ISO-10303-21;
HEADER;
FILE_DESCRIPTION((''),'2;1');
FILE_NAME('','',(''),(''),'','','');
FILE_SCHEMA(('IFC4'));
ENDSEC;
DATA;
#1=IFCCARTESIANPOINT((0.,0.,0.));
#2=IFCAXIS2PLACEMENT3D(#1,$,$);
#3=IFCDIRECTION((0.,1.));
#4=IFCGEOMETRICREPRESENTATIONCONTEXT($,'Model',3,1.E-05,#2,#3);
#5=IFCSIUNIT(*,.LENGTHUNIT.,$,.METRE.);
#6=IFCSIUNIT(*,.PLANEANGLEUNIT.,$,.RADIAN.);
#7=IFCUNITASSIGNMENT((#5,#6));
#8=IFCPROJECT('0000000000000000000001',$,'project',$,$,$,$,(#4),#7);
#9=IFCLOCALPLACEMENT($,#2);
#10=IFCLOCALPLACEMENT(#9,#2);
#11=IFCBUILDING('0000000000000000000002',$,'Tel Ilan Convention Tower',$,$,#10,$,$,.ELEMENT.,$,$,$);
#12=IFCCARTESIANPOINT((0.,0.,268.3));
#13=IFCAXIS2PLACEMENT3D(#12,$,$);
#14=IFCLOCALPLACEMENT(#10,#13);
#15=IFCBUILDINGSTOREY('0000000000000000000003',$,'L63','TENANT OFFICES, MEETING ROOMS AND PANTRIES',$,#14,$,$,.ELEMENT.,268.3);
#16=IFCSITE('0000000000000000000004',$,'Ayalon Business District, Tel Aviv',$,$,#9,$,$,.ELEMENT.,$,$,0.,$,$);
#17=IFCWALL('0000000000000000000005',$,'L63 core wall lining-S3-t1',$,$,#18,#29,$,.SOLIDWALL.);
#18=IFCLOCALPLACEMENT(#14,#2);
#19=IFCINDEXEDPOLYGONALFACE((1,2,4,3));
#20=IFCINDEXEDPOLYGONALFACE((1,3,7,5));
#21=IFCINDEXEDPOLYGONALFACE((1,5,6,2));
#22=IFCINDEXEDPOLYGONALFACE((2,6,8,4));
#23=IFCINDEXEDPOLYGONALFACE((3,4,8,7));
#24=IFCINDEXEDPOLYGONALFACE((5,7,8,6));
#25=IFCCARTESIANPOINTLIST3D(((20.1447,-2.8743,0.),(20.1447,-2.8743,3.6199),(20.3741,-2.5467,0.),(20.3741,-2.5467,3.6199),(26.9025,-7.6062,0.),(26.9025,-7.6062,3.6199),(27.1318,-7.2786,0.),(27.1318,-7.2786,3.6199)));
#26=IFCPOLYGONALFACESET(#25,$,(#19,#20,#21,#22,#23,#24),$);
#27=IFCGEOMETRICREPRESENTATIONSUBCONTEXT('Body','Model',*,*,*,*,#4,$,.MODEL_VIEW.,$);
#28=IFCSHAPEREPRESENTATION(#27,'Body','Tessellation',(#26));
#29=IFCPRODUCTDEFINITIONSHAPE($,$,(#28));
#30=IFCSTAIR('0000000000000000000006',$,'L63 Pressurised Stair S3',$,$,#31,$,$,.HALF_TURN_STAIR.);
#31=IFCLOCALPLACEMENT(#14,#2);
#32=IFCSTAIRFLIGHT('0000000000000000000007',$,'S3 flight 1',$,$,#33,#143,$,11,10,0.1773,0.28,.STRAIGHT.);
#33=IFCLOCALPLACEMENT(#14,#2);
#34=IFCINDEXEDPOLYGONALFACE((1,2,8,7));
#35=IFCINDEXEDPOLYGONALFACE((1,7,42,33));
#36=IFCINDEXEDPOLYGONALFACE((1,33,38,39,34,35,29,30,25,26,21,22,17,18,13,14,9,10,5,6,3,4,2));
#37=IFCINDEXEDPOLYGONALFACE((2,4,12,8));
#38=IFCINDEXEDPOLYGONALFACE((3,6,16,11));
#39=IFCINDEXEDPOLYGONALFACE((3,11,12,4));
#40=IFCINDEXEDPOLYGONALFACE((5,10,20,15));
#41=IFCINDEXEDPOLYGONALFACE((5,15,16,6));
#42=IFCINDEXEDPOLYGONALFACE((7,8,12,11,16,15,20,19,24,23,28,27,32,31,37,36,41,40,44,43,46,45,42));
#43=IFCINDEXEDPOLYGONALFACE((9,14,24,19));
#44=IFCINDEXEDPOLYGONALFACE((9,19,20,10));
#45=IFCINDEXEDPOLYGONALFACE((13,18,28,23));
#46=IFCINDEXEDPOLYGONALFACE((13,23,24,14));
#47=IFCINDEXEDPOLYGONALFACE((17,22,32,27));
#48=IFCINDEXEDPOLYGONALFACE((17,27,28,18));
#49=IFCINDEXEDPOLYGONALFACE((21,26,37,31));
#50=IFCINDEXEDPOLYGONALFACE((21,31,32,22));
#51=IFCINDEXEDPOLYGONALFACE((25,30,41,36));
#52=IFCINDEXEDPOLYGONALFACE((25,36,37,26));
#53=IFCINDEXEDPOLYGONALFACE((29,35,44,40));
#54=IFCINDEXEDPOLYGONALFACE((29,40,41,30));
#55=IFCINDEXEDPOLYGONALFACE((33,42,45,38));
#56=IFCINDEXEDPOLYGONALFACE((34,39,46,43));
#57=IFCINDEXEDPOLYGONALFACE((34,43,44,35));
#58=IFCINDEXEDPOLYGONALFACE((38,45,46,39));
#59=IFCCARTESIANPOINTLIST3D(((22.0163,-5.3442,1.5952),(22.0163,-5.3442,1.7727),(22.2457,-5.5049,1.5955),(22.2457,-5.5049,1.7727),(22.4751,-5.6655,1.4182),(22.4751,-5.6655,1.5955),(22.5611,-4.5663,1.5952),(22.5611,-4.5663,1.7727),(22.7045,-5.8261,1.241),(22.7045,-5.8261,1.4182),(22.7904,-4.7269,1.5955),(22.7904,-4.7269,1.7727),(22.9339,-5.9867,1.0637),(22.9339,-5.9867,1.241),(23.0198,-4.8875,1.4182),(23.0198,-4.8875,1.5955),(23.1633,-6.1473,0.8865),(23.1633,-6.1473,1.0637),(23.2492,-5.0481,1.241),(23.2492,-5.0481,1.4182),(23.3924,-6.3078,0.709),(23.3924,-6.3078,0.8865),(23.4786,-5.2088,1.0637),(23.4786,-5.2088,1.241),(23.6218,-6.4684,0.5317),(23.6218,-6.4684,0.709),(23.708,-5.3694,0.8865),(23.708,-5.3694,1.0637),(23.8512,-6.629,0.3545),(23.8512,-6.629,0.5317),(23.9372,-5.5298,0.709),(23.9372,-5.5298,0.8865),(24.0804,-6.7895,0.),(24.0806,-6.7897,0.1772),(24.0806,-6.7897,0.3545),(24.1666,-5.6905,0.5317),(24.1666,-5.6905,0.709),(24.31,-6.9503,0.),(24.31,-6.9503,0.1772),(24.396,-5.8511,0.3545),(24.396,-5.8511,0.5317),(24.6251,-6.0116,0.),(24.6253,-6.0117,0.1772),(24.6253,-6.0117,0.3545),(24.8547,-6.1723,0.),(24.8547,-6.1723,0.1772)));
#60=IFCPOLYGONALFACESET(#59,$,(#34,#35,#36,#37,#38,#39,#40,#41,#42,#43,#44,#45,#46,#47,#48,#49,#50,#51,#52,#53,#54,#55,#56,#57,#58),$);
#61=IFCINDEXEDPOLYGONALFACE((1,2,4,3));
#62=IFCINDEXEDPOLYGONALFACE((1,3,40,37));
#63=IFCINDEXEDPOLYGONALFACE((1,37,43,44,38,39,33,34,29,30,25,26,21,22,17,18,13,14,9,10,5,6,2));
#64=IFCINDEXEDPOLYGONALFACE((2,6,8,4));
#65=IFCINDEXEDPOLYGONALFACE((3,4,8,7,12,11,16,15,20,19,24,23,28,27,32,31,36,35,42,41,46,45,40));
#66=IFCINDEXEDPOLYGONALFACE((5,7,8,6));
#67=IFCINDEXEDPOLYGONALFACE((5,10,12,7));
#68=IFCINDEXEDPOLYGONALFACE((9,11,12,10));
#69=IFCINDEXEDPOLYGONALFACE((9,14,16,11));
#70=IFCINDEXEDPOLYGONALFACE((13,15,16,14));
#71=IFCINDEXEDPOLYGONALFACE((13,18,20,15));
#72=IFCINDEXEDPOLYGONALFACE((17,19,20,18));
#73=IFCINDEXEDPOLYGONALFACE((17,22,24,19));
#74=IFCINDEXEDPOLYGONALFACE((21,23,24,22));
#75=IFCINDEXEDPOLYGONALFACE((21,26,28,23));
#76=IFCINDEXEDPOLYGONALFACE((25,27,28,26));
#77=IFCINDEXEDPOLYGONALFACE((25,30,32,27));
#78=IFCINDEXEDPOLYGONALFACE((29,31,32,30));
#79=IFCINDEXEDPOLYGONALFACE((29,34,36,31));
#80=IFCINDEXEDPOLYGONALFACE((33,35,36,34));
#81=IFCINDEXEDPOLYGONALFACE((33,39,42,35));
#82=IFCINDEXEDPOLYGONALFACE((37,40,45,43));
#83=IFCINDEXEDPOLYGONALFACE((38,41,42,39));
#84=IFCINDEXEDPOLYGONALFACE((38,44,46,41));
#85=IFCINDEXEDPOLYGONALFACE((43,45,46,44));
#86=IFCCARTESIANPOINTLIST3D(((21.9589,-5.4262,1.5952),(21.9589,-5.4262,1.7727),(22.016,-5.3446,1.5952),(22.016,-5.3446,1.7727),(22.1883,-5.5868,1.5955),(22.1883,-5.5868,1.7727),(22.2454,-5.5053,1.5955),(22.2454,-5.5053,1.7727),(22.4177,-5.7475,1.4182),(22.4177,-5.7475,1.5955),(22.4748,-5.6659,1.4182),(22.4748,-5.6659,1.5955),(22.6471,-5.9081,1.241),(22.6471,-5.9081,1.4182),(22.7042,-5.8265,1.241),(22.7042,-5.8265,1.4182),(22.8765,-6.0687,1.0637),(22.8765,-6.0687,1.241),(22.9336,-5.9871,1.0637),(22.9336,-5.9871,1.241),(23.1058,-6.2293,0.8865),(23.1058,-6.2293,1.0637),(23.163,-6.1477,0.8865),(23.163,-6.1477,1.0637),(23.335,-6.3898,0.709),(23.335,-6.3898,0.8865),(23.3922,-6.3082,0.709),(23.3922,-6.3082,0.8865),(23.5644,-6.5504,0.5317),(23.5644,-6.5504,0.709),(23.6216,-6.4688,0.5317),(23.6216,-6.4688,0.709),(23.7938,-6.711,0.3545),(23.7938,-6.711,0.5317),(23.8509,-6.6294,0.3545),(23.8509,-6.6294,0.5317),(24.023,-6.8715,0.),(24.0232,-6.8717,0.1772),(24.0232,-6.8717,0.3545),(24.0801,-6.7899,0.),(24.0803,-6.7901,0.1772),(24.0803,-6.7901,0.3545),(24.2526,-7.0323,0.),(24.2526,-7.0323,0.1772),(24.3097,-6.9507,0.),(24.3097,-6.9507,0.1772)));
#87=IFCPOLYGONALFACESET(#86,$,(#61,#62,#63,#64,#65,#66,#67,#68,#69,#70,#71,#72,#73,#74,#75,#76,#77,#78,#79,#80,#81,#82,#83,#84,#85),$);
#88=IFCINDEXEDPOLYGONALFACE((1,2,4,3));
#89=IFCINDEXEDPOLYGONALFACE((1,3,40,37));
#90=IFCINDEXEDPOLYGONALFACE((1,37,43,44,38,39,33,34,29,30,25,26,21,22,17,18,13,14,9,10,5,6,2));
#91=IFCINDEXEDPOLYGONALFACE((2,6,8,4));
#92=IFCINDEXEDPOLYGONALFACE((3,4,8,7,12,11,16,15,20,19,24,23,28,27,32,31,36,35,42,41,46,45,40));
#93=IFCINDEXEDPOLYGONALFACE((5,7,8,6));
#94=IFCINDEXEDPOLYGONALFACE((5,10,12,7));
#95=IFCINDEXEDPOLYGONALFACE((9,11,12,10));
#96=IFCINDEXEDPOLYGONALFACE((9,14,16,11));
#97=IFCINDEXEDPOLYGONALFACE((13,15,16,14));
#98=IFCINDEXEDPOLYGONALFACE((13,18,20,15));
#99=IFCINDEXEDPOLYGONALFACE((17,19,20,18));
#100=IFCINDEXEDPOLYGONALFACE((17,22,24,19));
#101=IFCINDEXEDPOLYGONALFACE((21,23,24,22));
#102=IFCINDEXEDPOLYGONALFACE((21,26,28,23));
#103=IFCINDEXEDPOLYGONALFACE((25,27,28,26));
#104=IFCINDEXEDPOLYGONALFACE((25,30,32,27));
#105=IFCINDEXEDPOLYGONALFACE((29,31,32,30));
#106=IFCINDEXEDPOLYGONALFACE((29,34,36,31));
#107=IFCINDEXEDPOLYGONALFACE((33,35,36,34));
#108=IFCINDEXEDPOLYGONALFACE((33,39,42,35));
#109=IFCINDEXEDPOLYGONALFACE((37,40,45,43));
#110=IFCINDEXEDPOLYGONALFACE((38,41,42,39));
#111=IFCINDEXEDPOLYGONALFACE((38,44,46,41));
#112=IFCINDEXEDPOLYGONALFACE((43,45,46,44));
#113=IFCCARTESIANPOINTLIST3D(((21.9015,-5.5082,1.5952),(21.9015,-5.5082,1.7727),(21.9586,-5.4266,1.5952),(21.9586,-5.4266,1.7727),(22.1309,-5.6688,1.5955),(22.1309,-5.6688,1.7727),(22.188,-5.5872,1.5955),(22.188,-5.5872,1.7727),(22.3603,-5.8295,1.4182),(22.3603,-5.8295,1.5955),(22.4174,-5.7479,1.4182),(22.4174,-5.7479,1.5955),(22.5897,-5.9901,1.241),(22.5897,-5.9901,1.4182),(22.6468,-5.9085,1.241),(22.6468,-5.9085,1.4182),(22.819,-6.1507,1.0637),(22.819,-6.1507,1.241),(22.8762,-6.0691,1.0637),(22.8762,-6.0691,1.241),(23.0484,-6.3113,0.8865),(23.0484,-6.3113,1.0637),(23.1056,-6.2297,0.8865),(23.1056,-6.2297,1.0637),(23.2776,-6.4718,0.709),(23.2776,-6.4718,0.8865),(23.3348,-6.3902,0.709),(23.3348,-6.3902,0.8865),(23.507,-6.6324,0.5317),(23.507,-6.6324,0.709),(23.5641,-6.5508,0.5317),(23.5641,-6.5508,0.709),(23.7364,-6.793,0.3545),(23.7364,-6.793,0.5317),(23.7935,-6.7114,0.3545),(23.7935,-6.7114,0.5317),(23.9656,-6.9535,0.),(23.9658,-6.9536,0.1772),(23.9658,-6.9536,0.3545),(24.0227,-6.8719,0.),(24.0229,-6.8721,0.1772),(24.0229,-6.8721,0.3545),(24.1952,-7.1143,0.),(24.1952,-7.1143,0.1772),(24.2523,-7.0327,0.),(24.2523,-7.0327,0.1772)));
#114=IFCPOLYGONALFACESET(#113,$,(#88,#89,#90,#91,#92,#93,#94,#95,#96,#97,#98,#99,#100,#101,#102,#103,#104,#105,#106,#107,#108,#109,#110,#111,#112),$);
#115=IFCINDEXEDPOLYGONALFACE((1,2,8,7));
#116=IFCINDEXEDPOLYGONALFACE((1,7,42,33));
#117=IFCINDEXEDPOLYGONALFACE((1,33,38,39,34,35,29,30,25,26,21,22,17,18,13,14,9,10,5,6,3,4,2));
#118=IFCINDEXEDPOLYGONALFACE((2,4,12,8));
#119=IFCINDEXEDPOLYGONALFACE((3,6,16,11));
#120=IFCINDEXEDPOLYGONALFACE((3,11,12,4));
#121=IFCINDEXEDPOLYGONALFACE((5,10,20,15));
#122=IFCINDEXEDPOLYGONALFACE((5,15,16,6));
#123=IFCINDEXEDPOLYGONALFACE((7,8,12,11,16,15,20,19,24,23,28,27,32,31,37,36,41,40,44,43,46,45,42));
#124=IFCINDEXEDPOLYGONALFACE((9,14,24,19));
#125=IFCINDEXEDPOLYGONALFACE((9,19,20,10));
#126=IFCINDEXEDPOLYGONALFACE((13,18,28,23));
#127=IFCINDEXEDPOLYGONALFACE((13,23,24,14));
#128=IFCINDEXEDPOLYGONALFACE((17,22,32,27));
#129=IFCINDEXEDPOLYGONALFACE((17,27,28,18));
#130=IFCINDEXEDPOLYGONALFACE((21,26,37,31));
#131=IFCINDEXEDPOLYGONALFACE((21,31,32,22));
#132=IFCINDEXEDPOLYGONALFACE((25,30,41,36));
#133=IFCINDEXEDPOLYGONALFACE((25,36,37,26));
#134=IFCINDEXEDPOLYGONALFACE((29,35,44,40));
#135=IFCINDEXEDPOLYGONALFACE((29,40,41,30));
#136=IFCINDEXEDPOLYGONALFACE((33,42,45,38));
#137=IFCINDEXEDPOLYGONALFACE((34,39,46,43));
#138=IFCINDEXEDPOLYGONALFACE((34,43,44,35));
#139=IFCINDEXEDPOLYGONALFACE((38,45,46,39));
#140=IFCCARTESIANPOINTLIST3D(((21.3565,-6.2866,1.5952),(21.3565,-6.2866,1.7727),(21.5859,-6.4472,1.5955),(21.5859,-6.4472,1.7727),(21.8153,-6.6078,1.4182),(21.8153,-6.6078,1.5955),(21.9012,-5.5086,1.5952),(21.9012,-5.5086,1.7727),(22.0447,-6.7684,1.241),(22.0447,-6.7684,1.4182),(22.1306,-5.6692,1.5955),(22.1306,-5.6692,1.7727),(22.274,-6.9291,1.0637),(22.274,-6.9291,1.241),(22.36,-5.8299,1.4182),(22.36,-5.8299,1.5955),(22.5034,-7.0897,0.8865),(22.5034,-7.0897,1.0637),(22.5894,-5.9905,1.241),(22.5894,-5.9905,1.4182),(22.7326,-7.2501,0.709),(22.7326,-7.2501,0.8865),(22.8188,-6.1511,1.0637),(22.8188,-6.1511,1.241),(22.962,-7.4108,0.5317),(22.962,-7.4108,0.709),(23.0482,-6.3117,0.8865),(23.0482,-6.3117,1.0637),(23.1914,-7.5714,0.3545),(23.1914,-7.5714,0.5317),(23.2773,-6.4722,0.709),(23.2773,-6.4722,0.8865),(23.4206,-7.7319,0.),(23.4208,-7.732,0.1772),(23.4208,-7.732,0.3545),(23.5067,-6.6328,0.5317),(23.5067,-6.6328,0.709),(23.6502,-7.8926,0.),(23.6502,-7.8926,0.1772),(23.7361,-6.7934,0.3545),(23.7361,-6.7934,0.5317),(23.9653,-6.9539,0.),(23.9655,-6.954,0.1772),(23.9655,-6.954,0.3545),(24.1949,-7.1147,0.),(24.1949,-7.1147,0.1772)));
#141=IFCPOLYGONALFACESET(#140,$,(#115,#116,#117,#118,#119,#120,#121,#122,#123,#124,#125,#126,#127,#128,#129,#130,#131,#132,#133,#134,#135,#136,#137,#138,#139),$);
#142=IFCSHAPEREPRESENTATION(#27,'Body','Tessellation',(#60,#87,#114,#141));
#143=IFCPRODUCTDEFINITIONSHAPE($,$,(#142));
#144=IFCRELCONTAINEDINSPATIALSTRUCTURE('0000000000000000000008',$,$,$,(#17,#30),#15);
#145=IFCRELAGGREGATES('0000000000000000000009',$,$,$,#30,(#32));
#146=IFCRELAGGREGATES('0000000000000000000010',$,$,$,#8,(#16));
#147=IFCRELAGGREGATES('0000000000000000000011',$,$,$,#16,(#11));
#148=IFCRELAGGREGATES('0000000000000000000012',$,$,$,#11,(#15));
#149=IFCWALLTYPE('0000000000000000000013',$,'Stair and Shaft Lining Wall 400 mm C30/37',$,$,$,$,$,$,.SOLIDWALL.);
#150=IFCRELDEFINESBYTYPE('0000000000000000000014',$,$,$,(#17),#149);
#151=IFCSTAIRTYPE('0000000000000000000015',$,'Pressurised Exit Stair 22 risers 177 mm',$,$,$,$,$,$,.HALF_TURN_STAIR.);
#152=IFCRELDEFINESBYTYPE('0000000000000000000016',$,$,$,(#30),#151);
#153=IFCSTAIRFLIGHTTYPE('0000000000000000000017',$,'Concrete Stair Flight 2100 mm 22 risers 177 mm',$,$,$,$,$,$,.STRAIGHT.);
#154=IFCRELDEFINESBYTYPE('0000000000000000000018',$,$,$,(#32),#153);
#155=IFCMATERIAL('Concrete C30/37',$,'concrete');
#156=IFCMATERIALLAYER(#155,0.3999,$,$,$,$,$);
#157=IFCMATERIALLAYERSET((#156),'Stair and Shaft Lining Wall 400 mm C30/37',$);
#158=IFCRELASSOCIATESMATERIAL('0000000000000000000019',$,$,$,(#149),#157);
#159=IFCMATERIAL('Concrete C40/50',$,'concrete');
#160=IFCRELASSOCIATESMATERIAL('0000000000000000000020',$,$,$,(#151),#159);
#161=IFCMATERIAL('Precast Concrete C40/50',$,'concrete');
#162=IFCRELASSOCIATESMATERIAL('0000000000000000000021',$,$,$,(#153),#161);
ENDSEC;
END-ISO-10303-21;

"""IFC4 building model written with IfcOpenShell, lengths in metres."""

from ifc_helpers import new_model, si_unit, direction, frame, frame_2d, origin, place, context, subcontext, project, spatial, polyline, rectangle, outline, extrude, material, layer, layer_set, type_object, element, aggregate, save


model = new_model("IFC4")

# Units and contexts
model_context = context("Model", 3, precision=1e-05, world=origin(), true_north=direction((0.0, 1.0)))
body_context = subcontext(model_context, "Body", "Model", "MODEL_VIEW")
ifc_project = project(units=[si_unit("LENGTHUNIT", "METRE"), si_unit("PLANEANGLEUNIT", "RADIAN")], contexts=[model_context])

# Site, building, storey
site_placement = place(None, origin())
site = spatial("IfcSite", under=ifc_project, at=site_placement, Name="Ayalon Business District, Tel Aviv", CompositionType="ELEMENT", RefElevation=0.0)
building_placement = place(site_placement, origin())
building = spatial("IfcBuilding", under=site, at=building_placement, Name="Tel Ilan Convention Tower", CompositionType="ELEMENT")
storey_placement = place(building_placement, frame((0.0, 0.0, 268.3)))
storey = spatial("IfcBuildingStorey", under=building, at=storey_placement, Name="L63", Description="TENANT OFFICES, MEETING ROOMS AND PANTRIES", CompositionType="ELEMENT", Elevation=268.3)

# Wall
ifc_material_1 = material(Name="Concrete C30/37", Category="concrete")
ifc_layer_1 = layer(ifc_material_1, 0.3999)
ifc_layer_set_1 = layer_set([ifc_layer_1], Name="Stair and Shaft Lining Wall 400 mm C30/37")
wall_type_1 = type_object("IfcWallType", Name="Stair and Shaft Lining Wall 400 mm C30/37", PredefinedType="SOLIDWALL", material=ifc_layer_set_1)
wall_1_placement = place(storey_placement, frame((20.2593, -2.7104, 0.0), z_axis=(0.0, 0.0, 1.0), x_axis=(0.819148, -0.573582, 0.0)))
element("IfcWall", 1, at=wall_1_placement, inside=storey, type_object=wall_type_1, Name="L63 core wall lining-S3-t1", PredefinedType="SOLIDWALL", context=body_context, shape_type="SweptSolid", body=[
    extrude(rectangle(XDim=8.2498, YDim=0.3999, at=frame_2d((4.125, 0.0))), origin(), (0.0, 0.0, 1.0), 3.6199),
])

# Stair, stair flight
ifc_material_2 = material(Name="Concrete C40/50", Category="concrete")
stair_type = type_object("IfcStairType", Name="Pressurised Exit Stair 22 risers 177 mm", PredefinedType="HALF_TURN_STAIR", material=ifc_material_2)
stair_placement = place(storey_placement, origin())
stair = element("IfcStair", 2, at=stair_placement, inside=storey, type_object=stair_type, Name="L63 Pressurised Stair S3", PredefinedType="HALF_TURN_STAIR")
ifc_material_3 = material(Name="Precast Concrete C40/50", Category="concrete")
stair_flight_type = type_object("IfcStairFlightType", Name="Concrete Stair Flight 2100 mm 22 risers 177 mm", PredefinedType="STRAIGHT", material=ifc_material_3)
stair_flight_1_placement = place(storey_placement, frame((24.2524, -7.0325, 0.0), z_axis=(0.0, 0.0, 1.0), x_axis=(-0.819152, 0.573576, 0.0)))
stair_flight_1 = element("IfcStairFlight", 3, at=stair_flight_1_placement, type_object=stair_flight_type, Name="S3 flight 1", NumberOfRisers=11, NumberOfTreads=10, PredefinedType="STRAIGHT", RiserHeight=0.1773, TreadLength=0.28, context=body_context, shape_type="SweptSolid", body=[
    extrude(outline(polyline([(0.0, 0.0), (0.0, 0.1772), (0.28, 0.1772), (0.28, 0.3545), (0.5601, 0.3545), (0.5601, 0.5317), (0.8401, 0.5317), (0.8401, 0.709), (1.1201, 0.709), (1.1201, 0.8865), (1.3999, 0.8865), (1.3999, 1.0637), (1.6799, 1.0637), (1.6799, 1.241), (1.96, 1.241), (1.96, 1.4182), (2.24, 1.4182), (2.24, 1.5955), (2.52, 1.5955), (2.52, 1.7727), (2.8, 1.7727), (2.8, 1.95), (2.8, 1.5952), (0.2803, 0.0), (0.0, 0.0)])), frame((0.0, -0.1003, 0.0), z_axis=(0.0, -1.0, 0.0), x_axis=(1.0, 0.0, 0.0)), (0.0, 0.0, 1.0), 0.9497),
    extrude(outline(polyline([(0.0, 0.0), (0.0, 0.1772), (0.28, 0.1772), (0.28, 0.3545), (0.5601, 0.3545), (0.5601, 0.5317), (0.8401, 0.5317), (0.8401, 0.709), (1.1201, 0.709), (1.1201, 0.8865), (1.3999, 0.8865), (1.3999, 1.0637), (1.6799, 1.0637), (1.6799, 1.241), (1.96, 1.241), (1.96, 1.4182), (2.24, 1.4182), (2.24, 1.5955), (2.52, 1.5955), (2.52, 1.7727), (2.8, 1.7727), (2.8, 1.95), (2.8, 1.5952), (0.2803, 0.0), (0.0, 0.0)])), frame((0.0, -0.0002, 0.0), z_axis=(0.0, -1.0, 0.0), x_axis=(1.0, 0.0, 0.0)), (0.0, 0.0, 1.0), 0.0996),
    extrude(outline(polyline([(0.0, 0.0), (0.0, 0.1772), (0.28, 0.1772), (0.28, 0.3545), (0.5601, 0.3545), (0.5601, 0.5317), (0.8401, 0.5317), (0.8401, 0.709), (1.1201, 0.709), (1.1201, 0.8865), (1.3999, 0.8865), (1.3999, 1.0637), (1.6799, 1.0637), (1.6799, 1.241), (1.96, 1.241), (1.96, 1.4182), (2.24, 1.4182), (2.24, 1.5955), (2.52, 1.5955), (2.52, 1.7727), (2.8, 1.7727), (2.8, 1.95), (2.8, 1.5952), (0.2803, 0.0), (0.0, 0.0)])), frame((0.0, 0.0999, 0.0), z_axis=(0.0, -1.0, 0.0), x_axis=(1.0, 0.0, 0.0)), (0.0, 0.0, 1.0), 0.0996),
    extrude(outline(polyline([(0.0, 0.0), (0.0, 0.1772), (0.28, 0.1772), (0.28, 0.3545), (0.5601, 0.3545), (0.5601, 0.5317), (0.8401, 0.5317), (0.8401, 0.709), (1.1201, 0.709), (1.1201, 0.8865), (1.3999, 0.8865), (1.3999, 1.0637), (1.6799, 1.0637), (1.6799, 1.241), (1.96, 1.241), (1.96, 1.4182), (2.24, 1.4182), (2.24, 1.5955), (2.52, 1.5955), (2.52, 1.7727), (2.8, 1.7727), (2.8, 1.95), (2.8, 1.5952), (0.2803, 0.0), (0.0, 0.0)])), frame((0.0, 1.05, 0.0), z_axis=(0.0, -1.0, 0.0), x_axis=(1.0, 0.0, 0.0)), (0.0, 0.0, 1.0), 0.9497),
])
aggregate(stair, [stair_flight_1])

save(model, "model.ifc")
